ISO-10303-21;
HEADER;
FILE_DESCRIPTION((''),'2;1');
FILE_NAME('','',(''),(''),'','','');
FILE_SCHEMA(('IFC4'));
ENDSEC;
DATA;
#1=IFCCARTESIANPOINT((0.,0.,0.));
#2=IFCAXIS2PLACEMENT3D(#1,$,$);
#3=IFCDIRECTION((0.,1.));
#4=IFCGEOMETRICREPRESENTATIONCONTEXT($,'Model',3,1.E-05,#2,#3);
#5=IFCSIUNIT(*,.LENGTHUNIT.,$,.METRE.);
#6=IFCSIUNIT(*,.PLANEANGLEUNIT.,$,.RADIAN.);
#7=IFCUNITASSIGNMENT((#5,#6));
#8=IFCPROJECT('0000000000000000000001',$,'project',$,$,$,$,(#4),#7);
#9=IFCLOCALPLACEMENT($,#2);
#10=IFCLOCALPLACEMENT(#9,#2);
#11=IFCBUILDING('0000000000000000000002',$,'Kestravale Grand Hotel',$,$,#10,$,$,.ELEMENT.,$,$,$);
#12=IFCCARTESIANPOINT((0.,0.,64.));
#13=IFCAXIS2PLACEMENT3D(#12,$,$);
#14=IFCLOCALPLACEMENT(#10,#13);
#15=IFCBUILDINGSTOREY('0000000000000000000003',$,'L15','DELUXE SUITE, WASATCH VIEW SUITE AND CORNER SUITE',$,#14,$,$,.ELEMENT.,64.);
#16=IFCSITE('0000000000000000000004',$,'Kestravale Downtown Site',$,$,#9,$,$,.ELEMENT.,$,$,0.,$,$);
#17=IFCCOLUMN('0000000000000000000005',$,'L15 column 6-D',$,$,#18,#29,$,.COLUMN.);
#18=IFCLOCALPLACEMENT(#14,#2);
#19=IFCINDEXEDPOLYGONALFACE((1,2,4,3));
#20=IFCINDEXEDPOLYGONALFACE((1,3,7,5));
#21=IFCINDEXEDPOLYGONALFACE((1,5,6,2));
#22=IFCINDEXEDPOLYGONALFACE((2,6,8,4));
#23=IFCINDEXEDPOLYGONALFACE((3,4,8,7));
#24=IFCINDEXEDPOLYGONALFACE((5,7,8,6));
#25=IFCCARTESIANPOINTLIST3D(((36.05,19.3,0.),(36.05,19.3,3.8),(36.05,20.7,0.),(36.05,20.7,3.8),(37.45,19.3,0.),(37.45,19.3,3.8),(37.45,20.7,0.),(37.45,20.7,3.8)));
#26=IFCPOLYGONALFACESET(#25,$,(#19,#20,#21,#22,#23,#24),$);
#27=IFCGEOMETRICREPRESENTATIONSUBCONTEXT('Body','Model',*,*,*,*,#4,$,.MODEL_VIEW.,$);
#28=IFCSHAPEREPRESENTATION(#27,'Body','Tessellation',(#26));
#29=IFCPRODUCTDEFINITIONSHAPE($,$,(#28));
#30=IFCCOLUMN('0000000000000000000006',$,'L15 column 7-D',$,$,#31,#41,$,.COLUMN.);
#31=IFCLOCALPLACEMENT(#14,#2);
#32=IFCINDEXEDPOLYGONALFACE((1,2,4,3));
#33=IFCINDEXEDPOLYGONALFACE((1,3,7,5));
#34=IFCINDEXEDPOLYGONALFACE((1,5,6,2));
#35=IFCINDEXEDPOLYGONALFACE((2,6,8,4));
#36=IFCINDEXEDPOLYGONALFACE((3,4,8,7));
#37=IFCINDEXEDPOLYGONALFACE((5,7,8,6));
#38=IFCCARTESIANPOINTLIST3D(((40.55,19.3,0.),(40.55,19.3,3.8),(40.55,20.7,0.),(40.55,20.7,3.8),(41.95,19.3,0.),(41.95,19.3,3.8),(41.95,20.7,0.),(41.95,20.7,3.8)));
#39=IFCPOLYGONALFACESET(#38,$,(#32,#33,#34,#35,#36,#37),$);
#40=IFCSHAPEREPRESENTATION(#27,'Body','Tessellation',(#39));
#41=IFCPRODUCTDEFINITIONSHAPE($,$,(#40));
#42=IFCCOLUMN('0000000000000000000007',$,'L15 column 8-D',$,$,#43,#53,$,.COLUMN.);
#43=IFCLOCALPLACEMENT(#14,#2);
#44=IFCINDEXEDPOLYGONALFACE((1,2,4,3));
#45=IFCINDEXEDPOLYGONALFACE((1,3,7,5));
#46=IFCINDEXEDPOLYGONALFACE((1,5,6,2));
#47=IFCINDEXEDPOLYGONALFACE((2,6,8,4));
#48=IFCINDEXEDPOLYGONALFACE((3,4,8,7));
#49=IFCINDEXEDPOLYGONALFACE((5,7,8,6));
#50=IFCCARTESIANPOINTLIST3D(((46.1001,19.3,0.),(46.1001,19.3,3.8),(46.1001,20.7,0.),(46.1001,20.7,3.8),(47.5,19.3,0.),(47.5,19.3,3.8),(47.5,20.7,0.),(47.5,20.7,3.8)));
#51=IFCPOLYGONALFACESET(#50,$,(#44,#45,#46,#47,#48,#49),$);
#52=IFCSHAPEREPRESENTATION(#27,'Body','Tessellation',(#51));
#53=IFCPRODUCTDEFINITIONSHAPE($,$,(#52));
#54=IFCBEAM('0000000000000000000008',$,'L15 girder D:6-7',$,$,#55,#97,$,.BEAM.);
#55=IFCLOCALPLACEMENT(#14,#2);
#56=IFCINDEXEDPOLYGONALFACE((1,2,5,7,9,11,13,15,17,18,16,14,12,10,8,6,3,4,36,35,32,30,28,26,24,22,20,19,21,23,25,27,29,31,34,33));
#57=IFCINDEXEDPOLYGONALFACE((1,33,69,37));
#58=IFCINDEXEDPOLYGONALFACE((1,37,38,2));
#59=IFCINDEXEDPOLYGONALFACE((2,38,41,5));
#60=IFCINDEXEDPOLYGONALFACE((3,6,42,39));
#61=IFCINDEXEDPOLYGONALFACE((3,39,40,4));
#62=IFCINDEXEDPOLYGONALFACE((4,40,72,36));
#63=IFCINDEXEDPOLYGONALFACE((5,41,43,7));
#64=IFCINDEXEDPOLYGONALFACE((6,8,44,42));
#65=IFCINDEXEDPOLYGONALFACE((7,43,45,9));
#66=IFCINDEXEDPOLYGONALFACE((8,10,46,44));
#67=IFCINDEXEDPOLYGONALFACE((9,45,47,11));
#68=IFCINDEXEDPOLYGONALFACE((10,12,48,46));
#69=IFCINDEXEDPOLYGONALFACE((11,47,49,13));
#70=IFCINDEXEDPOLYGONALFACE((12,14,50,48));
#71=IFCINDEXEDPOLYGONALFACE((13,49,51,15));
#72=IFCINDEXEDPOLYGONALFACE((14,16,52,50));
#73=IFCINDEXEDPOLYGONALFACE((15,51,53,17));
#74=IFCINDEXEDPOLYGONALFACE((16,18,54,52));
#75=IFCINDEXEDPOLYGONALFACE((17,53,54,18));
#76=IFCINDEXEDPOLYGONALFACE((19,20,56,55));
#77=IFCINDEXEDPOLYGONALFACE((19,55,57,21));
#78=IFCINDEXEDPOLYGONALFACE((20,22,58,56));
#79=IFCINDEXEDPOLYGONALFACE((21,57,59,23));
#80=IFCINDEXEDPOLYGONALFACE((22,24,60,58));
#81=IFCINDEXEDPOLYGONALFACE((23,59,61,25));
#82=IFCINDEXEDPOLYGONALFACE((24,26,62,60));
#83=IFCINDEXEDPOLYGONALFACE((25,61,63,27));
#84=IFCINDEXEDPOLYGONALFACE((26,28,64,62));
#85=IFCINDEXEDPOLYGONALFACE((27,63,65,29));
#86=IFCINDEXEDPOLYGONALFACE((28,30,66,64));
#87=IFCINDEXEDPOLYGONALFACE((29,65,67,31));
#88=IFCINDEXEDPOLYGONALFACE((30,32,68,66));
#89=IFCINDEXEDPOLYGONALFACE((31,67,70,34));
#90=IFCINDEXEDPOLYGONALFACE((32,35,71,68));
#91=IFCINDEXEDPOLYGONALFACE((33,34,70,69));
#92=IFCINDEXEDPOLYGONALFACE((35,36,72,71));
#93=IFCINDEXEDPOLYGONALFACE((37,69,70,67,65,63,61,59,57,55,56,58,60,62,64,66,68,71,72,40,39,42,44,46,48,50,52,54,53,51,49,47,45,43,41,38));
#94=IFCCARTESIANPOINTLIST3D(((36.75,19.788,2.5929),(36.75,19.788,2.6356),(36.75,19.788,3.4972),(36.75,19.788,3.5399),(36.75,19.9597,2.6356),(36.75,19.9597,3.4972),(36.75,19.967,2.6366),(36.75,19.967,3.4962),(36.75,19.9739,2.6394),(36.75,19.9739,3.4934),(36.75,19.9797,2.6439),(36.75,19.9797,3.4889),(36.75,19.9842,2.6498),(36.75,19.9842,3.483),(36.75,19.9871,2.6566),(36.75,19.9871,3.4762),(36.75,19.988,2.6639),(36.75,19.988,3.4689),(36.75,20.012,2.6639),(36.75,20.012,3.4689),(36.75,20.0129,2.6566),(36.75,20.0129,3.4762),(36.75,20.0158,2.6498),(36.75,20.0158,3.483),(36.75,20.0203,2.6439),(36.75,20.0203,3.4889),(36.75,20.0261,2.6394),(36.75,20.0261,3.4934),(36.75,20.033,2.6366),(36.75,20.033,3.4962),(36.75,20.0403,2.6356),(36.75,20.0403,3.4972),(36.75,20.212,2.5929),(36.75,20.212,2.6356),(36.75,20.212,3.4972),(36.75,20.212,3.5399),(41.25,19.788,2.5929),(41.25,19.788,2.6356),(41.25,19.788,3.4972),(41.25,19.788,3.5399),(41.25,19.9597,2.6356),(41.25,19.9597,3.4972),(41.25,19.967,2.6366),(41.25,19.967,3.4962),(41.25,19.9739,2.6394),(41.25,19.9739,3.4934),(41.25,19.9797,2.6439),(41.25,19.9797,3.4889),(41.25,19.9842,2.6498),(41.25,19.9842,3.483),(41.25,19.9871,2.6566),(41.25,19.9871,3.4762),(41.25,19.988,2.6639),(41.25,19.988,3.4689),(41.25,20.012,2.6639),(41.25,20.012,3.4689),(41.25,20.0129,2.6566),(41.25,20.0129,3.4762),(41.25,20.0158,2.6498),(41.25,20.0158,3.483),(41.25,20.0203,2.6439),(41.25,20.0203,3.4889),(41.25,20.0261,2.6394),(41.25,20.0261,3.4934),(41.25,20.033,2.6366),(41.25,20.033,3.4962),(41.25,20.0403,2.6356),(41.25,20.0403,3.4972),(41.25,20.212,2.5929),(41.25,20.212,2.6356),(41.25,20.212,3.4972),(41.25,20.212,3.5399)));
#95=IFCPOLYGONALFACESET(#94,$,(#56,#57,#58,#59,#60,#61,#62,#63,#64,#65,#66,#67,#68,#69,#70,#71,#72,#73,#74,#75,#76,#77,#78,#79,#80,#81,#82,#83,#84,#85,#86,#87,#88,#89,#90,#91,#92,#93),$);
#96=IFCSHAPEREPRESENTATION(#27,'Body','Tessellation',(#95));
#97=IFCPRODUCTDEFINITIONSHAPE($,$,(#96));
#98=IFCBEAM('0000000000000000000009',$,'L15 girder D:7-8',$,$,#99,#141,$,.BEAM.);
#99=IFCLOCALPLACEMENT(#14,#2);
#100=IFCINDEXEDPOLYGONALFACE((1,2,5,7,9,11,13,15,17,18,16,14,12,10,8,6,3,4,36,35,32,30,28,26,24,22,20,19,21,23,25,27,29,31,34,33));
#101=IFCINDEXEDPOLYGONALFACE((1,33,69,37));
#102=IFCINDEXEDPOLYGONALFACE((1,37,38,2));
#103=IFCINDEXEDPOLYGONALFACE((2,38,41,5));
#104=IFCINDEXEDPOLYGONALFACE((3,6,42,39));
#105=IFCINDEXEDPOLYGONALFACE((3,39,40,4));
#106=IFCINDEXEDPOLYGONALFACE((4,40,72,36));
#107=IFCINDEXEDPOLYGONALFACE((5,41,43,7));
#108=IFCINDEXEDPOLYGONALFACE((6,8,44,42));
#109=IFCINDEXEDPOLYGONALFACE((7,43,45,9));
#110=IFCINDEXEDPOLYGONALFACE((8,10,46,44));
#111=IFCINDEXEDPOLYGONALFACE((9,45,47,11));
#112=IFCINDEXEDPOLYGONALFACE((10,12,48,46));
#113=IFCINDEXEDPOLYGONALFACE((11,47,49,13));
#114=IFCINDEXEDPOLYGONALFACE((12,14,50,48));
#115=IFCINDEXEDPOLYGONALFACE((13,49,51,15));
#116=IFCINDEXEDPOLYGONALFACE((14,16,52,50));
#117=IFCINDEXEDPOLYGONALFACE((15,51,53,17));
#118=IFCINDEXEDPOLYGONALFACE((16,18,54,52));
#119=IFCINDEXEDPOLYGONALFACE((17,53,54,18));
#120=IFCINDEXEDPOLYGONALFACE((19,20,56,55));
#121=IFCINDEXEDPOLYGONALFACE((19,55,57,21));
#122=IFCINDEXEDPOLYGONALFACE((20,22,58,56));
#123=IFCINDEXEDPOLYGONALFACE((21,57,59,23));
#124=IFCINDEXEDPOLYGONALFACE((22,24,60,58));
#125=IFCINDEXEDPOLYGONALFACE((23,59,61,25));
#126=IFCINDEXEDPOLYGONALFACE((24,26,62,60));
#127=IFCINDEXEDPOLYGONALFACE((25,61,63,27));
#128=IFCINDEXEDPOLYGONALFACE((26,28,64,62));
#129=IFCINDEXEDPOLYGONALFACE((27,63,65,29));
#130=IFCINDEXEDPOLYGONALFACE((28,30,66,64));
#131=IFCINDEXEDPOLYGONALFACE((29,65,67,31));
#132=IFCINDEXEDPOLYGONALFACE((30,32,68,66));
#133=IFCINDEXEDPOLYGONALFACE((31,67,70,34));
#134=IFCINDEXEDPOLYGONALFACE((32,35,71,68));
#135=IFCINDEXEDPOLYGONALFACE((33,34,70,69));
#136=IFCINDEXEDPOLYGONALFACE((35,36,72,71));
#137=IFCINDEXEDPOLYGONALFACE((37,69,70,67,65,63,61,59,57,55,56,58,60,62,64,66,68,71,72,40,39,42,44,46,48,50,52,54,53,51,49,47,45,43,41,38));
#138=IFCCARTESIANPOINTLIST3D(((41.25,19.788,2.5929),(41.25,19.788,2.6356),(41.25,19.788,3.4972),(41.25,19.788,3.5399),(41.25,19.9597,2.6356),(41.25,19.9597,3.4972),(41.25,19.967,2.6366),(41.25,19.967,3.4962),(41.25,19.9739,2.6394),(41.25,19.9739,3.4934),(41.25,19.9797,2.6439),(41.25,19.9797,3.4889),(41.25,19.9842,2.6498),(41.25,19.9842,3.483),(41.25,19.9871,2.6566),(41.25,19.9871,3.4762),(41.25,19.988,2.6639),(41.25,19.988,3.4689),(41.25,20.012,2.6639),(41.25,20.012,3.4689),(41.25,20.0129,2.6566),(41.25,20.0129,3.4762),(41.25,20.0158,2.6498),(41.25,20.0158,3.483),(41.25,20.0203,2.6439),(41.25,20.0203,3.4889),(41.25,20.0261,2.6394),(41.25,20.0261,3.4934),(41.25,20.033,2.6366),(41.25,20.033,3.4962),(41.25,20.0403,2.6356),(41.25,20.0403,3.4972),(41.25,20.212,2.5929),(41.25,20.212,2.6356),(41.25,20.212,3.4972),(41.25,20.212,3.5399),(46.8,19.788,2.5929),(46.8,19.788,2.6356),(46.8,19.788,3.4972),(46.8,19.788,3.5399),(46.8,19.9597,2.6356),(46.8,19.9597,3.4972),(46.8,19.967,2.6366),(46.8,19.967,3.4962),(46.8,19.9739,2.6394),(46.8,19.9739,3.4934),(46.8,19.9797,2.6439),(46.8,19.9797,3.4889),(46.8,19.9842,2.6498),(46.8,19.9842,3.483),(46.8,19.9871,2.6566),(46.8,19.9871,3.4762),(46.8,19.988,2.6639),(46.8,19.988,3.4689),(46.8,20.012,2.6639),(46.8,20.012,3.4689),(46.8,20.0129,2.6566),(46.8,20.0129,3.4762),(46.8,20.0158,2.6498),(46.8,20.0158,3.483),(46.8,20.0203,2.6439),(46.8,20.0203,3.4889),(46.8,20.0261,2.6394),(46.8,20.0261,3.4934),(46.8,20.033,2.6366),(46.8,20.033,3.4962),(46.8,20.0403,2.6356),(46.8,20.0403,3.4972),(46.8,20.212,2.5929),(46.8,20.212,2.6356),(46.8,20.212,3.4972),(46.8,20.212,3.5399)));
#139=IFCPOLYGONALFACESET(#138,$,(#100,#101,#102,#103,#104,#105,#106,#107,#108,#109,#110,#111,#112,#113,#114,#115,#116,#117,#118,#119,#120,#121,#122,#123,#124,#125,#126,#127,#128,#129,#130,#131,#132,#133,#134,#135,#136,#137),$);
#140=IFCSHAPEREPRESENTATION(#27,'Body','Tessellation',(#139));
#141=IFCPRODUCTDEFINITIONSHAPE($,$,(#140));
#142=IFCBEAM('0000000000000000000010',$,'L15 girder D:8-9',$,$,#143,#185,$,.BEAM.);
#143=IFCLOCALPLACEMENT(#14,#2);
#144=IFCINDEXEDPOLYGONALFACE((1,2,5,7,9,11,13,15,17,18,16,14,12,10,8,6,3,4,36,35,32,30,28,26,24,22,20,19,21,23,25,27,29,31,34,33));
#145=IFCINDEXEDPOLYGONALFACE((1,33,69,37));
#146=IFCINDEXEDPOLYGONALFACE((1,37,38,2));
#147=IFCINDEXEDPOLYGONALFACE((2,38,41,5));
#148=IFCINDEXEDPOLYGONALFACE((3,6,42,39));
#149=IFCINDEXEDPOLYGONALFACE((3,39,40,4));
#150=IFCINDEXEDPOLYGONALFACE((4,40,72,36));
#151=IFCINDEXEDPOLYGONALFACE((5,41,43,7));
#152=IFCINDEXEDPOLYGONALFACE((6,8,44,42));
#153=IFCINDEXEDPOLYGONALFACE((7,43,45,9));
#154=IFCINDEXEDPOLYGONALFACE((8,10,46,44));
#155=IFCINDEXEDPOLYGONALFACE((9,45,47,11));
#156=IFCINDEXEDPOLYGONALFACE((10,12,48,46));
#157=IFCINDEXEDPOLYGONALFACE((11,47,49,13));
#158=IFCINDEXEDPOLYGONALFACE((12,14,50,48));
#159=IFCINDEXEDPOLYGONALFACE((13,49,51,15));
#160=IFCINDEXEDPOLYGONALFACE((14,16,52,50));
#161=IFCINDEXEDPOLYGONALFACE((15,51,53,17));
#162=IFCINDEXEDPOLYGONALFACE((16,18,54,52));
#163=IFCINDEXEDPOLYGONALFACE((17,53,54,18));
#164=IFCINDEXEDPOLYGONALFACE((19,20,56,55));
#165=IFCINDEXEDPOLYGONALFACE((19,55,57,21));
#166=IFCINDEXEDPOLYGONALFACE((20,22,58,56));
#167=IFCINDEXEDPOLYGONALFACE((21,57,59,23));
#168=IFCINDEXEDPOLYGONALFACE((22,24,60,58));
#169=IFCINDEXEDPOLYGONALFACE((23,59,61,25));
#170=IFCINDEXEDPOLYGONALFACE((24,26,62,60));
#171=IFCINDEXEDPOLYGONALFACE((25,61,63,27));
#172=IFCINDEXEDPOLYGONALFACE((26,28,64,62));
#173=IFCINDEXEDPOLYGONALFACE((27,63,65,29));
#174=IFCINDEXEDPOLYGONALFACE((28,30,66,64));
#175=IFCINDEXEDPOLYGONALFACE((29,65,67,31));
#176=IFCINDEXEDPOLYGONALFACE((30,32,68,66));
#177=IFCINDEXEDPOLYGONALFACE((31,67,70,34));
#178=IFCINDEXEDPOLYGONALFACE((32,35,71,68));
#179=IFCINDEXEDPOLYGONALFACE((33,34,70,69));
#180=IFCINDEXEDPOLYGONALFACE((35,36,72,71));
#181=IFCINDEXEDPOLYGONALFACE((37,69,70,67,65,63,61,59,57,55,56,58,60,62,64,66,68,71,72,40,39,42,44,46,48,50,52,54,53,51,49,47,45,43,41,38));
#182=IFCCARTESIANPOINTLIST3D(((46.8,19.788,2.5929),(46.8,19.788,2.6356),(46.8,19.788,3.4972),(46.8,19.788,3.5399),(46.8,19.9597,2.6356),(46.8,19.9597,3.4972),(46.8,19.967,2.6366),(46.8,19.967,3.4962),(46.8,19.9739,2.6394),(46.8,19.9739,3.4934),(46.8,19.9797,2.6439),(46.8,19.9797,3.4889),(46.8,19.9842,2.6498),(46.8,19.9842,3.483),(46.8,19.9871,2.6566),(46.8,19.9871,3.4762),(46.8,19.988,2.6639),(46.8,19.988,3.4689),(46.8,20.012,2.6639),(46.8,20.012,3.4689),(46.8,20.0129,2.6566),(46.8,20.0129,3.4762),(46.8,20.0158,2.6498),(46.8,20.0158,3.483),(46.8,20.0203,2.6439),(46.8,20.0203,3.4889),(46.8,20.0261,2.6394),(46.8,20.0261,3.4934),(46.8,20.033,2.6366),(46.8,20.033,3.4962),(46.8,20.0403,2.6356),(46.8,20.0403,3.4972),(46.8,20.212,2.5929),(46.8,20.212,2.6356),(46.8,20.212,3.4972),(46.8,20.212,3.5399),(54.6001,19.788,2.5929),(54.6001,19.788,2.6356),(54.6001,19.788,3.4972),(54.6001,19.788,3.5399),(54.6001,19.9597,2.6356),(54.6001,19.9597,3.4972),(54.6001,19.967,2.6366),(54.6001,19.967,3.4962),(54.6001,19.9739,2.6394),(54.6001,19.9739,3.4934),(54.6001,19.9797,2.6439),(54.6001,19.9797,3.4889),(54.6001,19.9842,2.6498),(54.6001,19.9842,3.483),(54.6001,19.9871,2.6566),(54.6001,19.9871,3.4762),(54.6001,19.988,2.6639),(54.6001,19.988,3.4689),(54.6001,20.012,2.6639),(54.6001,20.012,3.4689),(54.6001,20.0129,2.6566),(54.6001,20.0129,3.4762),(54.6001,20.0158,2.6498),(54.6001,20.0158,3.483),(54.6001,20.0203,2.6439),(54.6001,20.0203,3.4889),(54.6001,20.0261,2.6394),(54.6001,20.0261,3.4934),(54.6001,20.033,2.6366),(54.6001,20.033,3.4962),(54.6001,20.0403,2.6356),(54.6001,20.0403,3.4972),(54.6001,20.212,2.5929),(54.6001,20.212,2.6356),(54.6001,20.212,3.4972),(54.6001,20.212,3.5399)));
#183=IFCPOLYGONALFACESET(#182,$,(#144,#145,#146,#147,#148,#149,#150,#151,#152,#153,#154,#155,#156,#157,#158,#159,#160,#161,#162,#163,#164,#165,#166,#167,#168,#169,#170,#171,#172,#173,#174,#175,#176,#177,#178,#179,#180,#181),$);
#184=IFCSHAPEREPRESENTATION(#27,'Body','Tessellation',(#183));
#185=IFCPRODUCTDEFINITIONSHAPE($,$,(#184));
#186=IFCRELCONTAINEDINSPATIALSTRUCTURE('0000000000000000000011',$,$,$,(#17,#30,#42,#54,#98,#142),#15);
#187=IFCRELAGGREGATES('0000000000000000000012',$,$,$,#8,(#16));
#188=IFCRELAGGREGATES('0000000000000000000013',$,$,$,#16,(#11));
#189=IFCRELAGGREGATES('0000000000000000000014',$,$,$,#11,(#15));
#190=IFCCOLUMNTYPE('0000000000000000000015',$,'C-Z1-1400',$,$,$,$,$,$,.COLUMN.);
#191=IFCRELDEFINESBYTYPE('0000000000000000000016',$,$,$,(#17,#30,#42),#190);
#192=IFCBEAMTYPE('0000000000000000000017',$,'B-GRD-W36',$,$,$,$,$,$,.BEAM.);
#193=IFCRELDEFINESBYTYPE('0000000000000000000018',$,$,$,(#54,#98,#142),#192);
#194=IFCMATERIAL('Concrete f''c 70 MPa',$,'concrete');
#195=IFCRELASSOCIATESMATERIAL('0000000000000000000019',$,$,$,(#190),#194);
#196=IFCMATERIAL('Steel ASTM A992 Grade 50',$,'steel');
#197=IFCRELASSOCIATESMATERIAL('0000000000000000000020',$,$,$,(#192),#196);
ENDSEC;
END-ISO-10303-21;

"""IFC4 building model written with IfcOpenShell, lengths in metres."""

from ifc_helpers import new_model, si_unit, direction, frame, origin, origin_2d, place, context, subcontext, project, spatial, rectangle, i_section, extrude, material, material_profile, profile_set, type_object, element, save


model = new_model("IFC4")

# Units and contexts
model_context = context("Model", 3, precision=1e-05, world=origin(), true_north=direction((0.0, 1.0)))
body_context = subcontext(model_context, "Body", "Model", "MODEL_VIEW")
ifc_project = project(units=[si_unit("LENGTHUNIT", "METRE"), si_unit("PLANEANGLEUNIT", "RADIAN")], contexts=[model_context])

# Site, building, storey
site_placement = place(None, origin())
site = spatial("IfcSite", under=ifc_project, at=site_placement, Name="Kestravale Downtown Site", CompositionType="ELEMENT", RefElevation=0.0)
building_placement = place(site_placement, origin())
building = spatial("IfcBuilding", under=site, at=building_placement, Name="Kestravale Grand Hotel", CompositionType="ELEMENT")
storey_placement = place(building_placement, frame((0.0, 0.0, 64.0)))
storey = spatial("IfcBuildingStorey", under=building, at=storey_placement, Name="L15", Description="DELUXE SUITE, WASATCH VIEW SUITE AND CORNER SUITE", CompositionType="ELEMENT", Elevation=64.0)

# Columns
ifc_material_1 = material(Name="Concrete f'c 70 MPa", Category="concrete")
ifc_material_profile_1 = material_profile(ifc_material_1, rectangle(XDim=1.3999, YDim=1.3999, at=origin_2d()))
ifc_profile_set_1 = profile_set([ifc_material_profile_1], Name="Concrete f'c 70 MPa")
column_type = type_object("IfcColumnType", Name="C-Z1-1400", PredefinedType="COLUMN", material=ifc_profile_set_1)
for number, where, z_axis, x_axis, name in (
    (1, (36.75, 20.0, 0.0), (0.0, 0.0, 1.0), (1.0, 0.0, 0.0), "L15 column 6-D"),
    (2, (41.25, 20.0, 0.0), (0.0, 0.0, 1.0), (1.0, 0.0, 0.0), "L15 column 7-D"),
    (3, (46.8, 20.0, 0.0), (0.0, 0.0, 1.0), (1.0, 0.0, 0.0), "L15 column 8-D"),
):
    element("IfcColumn", number, at=place(storey_placement, frame(where, z_axis=z_axis, x_axis=x_axis)), inside=storey, type_object=column_type, Name=name, PredefinedType="COLUMN", context=body_context, shape_type="SweptSolid", body=[
        extrude(rectangle(XDim=1.3999, YDim=1.3999, at=origin_2d()), origin(), (0.0, 0.0, 1.0), 3.8),
    ])

# Beams
ifc_material_2 = material(Name="Steel ASTM A992 Grade 50", Category="steel")
ifc_material_profile_2 = material_profile(ifc_material_2, i_section(OverallWidth=0.4241, OverallDepth=0.947, WebThickness=0.0239, FlangeThickness=0.0427, FilletRadius=0.0283, at=origin_2d()))
ifc_profile_set_2 = profile_set([ifc_material_profile_2], Name="Steel ASTM A992 Grade 50")
beam_type = type_object("IfcBeamType", Name="B-GRD-W36", PredefinedType="BEAM", material=ifc_profile_set_2)
beam_1_placement = place(storey_placement, frame((36.75, 20.0, 3.0664), z_axis=(1.0, 0.0, 0.0), x_axis=(0.0, 1.0, 0.0)))
element("IfcBeam", 4, at=beam_1_placement, inside=storey, type_object=beam_type, Name="L15 girder D:6-7", PredefinedType="BEAM", context=body_context, shape_type="SweptSolid", body=[
    extrude(i_section(OverallWidth=0.4241, OverallDepth=0.947, WebThickness=0.0239, FlangeThickness=0.0427, FilletRadius=0.0283, at=origin_2d()), origin(), (0.0, 0.0, 1.0), 4.5),
])
beam_2_placement = place(storey_placement, frame((41.25, 20.0, 3.0664), z_axis=(1.0, 0.0, 0.0), x_axis=(0.0, 1.0, 0.0)))
element("IfcBeam", 5, at=beam_2_placement, inside=storey, type_object=beam_type, Name="L15 girder D:7-8", PredefinedType="BEAM", context=body_context, shape_type="SweptSolid", body=[
    extrude(i_section(OverallWidth=0.4241, OverallDepth=0.947, WebThickness=0.0239, FlangeThickness=0.0427, FilletRadius=0.0283, at=origin_2d()), origin(), (0.0, 0.0, 1.0), 5.55),
])
beam_3_placement = place(storey_placement, frame((46.8, 20.0, 3.0664), z_axis=(1.0, 0.0, 0.0), x_axis=(0.0, 1.0, 0.0)))
element("IfcBeam", 6, at=beam_3_placement, inside=storey, type_object=beam_type, Name="L15 girder D:8-9", PredefinedType="BEAM", context=body_context, shape_type="SweptSolid", body=[
    extrude(i_section(OverallWidth=0.4241, OverallDepth=0.947, WebThickness=0.0239, FlangeThickness=0.0427, FilletRadius=0.0283, at=origin_2d()), origin(), (0.0, 0.0, 1.0), 7.8),
])

save(model, "model.ifc")
